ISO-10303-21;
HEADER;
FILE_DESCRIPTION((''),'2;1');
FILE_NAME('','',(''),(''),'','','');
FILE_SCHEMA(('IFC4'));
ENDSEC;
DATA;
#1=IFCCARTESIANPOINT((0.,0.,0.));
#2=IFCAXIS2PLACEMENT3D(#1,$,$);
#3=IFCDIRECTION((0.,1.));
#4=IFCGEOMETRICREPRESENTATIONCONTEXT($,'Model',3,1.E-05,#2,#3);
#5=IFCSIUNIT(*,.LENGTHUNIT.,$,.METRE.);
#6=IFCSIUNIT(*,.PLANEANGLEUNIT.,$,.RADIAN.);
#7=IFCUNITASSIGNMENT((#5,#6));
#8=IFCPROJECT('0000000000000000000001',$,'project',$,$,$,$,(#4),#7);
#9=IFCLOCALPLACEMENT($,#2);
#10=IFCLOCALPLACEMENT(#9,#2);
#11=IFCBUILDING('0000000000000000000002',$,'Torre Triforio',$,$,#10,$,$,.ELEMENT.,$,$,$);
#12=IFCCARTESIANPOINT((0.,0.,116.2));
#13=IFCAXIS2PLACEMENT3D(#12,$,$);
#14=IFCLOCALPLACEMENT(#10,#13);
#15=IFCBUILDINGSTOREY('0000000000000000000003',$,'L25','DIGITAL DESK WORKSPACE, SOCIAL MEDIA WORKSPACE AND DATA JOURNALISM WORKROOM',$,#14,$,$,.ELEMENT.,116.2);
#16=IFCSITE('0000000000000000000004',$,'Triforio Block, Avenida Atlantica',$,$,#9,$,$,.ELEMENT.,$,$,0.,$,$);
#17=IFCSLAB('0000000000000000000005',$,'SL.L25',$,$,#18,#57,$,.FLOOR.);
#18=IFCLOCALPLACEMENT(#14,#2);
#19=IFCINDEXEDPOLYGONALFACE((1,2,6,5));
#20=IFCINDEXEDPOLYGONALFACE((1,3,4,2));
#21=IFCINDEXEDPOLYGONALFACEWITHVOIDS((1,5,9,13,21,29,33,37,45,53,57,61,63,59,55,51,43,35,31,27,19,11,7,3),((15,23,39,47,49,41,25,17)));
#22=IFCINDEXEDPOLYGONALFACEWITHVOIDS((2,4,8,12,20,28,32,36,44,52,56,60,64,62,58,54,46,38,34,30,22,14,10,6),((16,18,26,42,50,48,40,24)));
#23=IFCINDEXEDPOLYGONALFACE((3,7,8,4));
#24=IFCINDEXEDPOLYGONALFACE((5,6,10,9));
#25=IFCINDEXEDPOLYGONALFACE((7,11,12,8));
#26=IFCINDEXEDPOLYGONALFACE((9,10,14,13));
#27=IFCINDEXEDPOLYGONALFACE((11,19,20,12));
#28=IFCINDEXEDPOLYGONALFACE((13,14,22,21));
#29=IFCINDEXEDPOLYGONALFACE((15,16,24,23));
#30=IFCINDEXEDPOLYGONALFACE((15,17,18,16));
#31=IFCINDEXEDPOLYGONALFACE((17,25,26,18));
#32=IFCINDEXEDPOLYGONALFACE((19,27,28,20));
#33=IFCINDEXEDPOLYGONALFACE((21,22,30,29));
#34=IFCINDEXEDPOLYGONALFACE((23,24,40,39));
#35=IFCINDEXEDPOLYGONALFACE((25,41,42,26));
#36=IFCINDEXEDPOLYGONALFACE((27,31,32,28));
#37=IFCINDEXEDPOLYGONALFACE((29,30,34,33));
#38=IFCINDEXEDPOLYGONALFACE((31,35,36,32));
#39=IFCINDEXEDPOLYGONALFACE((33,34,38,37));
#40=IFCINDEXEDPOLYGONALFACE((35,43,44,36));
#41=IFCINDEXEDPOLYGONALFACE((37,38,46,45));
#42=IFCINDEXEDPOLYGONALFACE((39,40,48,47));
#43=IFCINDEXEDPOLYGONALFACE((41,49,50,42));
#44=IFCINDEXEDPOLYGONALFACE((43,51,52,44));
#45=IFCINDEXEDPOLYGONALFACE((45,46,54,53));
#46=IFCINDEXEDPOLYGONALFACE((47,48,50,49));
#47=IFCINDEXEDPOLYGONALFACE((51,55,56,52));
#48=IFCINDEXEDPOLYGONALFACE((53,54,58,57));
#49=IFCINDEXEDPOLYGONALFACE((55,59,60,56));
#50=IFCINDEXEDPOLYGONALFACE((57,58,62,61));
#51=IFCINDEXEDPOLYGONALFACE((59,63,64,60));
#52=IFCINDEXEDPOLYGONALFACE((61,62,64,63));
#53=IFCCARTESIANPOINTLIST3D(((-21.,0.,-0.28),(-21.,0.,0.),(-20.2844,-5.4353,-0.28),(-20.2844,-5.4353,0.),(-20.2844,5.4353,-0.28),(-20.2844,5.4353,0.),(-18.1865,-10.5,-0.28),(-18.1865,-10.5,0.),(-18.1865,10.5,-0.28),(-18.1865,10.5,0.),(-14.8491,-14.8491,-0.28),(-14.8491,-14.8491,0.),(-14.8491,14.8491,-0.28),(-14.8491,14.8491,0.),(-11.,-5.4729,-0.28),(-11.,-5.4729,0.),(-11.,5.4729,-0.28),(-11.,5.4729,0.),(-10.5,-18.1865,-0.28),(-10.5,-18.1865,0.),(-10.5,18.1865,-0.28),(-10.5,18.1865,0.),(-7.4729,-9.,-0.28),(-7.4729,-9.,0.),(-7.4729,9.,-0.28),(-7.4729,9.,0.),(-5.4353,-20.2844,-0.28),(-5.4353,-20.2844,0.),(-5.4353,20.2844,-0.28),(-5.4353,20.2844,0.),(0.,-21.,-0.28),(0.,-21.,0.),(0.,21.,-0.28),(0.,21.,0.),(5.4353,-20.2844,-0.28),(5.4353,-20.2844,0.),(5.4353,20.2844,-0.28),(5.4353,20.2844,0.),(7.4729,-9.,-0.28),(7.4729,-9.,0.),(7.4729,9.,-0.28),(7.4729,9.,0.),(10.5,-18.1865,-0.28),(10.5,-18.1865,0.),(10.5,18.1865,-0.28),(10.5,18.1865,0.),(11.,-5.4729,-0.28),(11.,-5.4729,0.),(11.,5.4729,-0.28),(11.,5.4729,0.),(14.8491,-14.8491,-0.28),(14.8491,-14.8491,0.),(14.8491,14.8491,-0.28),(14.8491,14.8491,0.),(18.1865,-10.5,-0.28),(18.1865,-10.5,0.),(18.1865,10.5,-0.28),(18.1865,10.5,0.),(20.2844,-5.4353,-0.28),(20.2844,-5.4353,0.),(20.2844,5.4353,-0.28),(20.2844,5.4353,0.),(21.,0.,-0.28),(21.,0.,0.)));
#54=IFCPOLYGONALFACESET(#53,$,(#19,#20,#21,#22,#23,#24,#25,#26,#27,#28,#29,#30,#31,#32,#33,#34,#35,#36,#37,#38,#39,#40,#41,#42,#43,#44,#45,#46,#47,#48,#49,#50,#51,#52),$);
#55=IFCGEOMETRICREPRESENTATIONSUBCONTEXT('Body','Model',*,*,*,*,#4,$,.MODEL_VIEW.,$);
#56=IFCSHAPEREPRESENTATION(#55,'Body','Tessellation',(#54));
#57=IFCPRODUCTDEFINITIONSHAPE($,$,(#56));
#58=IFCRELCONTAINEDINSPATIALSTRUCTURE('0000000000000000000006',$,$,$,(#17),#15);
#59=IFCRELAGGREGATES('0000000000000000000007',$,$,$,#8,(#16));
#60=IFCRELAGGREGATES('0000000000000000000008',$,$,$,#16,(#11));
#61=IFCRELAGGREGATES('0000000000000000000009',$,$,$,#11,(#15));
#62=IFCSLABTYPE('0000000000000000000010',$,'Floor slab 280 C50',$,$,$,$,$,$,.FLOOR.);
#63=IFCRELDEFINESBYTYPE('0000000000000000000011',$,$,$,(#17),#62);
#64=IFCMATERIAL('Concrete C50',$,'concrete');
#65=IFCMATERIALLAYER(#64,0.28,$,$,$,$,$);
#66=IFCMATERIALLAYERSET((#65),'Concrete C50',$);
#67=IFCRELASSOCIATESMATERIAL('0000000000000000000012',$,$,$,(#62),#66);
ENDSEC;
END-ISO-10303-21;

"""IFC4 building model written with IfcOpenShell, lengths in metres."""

from ifc_helpers import new_model, si_unit, direction, frame, origin, place, context, subcontext, project, spatial, polyline, outline, extrude, material, layer, layer_set, type_object, element, save


model = new_model("IFC4")

# Units and contexts
model_context = context("Model", 3, precision=1e-05, world=origin(), true_north=direction((0.0, 1.0)))
body_context = subcontext(model_context, "Body", "Model", "MODEL_VIEW")
ifc_project = project(units=[si_unit("LENGTHUNIT", "METRE"), si_unit("PLANEANGLEUNIT", "RADIAN")], contexts=[model_context])

# Site, building, storey
site_placement = place(None, origin())
site = spatial("IfcSite", under=ifc_project, at=site_placement, Name="Triforio Block, Avenida Atlantica", CompositionType="ELEMENT", RefElevation=0.0)
building_placement = place(site_placement, origin())
building = spatial("IfcBuilding", under=site, at=building_placement, Name="Torre Triforio", CompositionType="ELEMENT")
storey_placement = place(building_placement, frame((0.0, 0.0, 116.2)))
storey = spatial("IfcBuildingStorey", under=building, at=storey_placement, Name="L25", Description="DIGITAL DESK WORKSPACE, SOCIAL MEDIA WORKSPACE AND DATA JOURNALISM WORKROOM", CompositionType="ELEMENT", Elevation=116.2)

# Slab
ifc_material_1 = material(Name="Concrete C50", Category="concrete")
ifc_layer_1 = layer(ifc_material_1, 0.28)
ifc_layer_set_1 = layer_set([ifc_layer_1], Name="Concrete C50")
slab_type_1 = type_object("IfcSlabType", Name="Floor slab 280 C50", PredefinedType="FLOOR", material=ifc_layer_set_1)
slab_1_placement = place(storey_placement, frame((0.0, 0.0, -0.28)))
element("IfcSlab", 1, at=slab_1_placement, inside=storey, type_object=slab_type_1, Name="SL.L25", PredefinedType="FLOOR", context=body_context, shape_type="SweptSolid", body=[
    extrude(outline(polyline([(18.1865, -10.5), (20.2844, -5.4353), (21.0, 0.0), (20.2844, 5.4353), (18.1865, 10.5), (14.8491, 14.8491), (10.5, 18.1865), (5.4353, 20.2844), (0.0, 21.0), (-5.4353, 20.2844), (-10.5, 18.1865), (-14.8491, 14.8491), (-18.1865, 10.5), (-20.2844, 5.4353), (-21.0, 0.0), (-20.2844, -5.4353), (-18.1865, -10.5), (-14.8491, -14.8491), (-10.5, -18.1865), (-5.4353, -20.2844), (0.0, -21.0), (5.4353, -20.2844), (10.5, -18.1865), (14.8491, -14.8491), (18.1865, -10.5)]), holes=[polyline([(11.0, 5.4729), (11.0, -5.4729), (7.4729, -9.0), (-7.4729, -9.0), (-11.0, -5.4729), (-11.0, 5.4729), (-7.4729, 9.0), (7.4729, 9.0), (11.0, 5.4729)])]), origin(), (0.0, 0.0, 1.0), 0.28),
])

save(model, "model.ifc")
